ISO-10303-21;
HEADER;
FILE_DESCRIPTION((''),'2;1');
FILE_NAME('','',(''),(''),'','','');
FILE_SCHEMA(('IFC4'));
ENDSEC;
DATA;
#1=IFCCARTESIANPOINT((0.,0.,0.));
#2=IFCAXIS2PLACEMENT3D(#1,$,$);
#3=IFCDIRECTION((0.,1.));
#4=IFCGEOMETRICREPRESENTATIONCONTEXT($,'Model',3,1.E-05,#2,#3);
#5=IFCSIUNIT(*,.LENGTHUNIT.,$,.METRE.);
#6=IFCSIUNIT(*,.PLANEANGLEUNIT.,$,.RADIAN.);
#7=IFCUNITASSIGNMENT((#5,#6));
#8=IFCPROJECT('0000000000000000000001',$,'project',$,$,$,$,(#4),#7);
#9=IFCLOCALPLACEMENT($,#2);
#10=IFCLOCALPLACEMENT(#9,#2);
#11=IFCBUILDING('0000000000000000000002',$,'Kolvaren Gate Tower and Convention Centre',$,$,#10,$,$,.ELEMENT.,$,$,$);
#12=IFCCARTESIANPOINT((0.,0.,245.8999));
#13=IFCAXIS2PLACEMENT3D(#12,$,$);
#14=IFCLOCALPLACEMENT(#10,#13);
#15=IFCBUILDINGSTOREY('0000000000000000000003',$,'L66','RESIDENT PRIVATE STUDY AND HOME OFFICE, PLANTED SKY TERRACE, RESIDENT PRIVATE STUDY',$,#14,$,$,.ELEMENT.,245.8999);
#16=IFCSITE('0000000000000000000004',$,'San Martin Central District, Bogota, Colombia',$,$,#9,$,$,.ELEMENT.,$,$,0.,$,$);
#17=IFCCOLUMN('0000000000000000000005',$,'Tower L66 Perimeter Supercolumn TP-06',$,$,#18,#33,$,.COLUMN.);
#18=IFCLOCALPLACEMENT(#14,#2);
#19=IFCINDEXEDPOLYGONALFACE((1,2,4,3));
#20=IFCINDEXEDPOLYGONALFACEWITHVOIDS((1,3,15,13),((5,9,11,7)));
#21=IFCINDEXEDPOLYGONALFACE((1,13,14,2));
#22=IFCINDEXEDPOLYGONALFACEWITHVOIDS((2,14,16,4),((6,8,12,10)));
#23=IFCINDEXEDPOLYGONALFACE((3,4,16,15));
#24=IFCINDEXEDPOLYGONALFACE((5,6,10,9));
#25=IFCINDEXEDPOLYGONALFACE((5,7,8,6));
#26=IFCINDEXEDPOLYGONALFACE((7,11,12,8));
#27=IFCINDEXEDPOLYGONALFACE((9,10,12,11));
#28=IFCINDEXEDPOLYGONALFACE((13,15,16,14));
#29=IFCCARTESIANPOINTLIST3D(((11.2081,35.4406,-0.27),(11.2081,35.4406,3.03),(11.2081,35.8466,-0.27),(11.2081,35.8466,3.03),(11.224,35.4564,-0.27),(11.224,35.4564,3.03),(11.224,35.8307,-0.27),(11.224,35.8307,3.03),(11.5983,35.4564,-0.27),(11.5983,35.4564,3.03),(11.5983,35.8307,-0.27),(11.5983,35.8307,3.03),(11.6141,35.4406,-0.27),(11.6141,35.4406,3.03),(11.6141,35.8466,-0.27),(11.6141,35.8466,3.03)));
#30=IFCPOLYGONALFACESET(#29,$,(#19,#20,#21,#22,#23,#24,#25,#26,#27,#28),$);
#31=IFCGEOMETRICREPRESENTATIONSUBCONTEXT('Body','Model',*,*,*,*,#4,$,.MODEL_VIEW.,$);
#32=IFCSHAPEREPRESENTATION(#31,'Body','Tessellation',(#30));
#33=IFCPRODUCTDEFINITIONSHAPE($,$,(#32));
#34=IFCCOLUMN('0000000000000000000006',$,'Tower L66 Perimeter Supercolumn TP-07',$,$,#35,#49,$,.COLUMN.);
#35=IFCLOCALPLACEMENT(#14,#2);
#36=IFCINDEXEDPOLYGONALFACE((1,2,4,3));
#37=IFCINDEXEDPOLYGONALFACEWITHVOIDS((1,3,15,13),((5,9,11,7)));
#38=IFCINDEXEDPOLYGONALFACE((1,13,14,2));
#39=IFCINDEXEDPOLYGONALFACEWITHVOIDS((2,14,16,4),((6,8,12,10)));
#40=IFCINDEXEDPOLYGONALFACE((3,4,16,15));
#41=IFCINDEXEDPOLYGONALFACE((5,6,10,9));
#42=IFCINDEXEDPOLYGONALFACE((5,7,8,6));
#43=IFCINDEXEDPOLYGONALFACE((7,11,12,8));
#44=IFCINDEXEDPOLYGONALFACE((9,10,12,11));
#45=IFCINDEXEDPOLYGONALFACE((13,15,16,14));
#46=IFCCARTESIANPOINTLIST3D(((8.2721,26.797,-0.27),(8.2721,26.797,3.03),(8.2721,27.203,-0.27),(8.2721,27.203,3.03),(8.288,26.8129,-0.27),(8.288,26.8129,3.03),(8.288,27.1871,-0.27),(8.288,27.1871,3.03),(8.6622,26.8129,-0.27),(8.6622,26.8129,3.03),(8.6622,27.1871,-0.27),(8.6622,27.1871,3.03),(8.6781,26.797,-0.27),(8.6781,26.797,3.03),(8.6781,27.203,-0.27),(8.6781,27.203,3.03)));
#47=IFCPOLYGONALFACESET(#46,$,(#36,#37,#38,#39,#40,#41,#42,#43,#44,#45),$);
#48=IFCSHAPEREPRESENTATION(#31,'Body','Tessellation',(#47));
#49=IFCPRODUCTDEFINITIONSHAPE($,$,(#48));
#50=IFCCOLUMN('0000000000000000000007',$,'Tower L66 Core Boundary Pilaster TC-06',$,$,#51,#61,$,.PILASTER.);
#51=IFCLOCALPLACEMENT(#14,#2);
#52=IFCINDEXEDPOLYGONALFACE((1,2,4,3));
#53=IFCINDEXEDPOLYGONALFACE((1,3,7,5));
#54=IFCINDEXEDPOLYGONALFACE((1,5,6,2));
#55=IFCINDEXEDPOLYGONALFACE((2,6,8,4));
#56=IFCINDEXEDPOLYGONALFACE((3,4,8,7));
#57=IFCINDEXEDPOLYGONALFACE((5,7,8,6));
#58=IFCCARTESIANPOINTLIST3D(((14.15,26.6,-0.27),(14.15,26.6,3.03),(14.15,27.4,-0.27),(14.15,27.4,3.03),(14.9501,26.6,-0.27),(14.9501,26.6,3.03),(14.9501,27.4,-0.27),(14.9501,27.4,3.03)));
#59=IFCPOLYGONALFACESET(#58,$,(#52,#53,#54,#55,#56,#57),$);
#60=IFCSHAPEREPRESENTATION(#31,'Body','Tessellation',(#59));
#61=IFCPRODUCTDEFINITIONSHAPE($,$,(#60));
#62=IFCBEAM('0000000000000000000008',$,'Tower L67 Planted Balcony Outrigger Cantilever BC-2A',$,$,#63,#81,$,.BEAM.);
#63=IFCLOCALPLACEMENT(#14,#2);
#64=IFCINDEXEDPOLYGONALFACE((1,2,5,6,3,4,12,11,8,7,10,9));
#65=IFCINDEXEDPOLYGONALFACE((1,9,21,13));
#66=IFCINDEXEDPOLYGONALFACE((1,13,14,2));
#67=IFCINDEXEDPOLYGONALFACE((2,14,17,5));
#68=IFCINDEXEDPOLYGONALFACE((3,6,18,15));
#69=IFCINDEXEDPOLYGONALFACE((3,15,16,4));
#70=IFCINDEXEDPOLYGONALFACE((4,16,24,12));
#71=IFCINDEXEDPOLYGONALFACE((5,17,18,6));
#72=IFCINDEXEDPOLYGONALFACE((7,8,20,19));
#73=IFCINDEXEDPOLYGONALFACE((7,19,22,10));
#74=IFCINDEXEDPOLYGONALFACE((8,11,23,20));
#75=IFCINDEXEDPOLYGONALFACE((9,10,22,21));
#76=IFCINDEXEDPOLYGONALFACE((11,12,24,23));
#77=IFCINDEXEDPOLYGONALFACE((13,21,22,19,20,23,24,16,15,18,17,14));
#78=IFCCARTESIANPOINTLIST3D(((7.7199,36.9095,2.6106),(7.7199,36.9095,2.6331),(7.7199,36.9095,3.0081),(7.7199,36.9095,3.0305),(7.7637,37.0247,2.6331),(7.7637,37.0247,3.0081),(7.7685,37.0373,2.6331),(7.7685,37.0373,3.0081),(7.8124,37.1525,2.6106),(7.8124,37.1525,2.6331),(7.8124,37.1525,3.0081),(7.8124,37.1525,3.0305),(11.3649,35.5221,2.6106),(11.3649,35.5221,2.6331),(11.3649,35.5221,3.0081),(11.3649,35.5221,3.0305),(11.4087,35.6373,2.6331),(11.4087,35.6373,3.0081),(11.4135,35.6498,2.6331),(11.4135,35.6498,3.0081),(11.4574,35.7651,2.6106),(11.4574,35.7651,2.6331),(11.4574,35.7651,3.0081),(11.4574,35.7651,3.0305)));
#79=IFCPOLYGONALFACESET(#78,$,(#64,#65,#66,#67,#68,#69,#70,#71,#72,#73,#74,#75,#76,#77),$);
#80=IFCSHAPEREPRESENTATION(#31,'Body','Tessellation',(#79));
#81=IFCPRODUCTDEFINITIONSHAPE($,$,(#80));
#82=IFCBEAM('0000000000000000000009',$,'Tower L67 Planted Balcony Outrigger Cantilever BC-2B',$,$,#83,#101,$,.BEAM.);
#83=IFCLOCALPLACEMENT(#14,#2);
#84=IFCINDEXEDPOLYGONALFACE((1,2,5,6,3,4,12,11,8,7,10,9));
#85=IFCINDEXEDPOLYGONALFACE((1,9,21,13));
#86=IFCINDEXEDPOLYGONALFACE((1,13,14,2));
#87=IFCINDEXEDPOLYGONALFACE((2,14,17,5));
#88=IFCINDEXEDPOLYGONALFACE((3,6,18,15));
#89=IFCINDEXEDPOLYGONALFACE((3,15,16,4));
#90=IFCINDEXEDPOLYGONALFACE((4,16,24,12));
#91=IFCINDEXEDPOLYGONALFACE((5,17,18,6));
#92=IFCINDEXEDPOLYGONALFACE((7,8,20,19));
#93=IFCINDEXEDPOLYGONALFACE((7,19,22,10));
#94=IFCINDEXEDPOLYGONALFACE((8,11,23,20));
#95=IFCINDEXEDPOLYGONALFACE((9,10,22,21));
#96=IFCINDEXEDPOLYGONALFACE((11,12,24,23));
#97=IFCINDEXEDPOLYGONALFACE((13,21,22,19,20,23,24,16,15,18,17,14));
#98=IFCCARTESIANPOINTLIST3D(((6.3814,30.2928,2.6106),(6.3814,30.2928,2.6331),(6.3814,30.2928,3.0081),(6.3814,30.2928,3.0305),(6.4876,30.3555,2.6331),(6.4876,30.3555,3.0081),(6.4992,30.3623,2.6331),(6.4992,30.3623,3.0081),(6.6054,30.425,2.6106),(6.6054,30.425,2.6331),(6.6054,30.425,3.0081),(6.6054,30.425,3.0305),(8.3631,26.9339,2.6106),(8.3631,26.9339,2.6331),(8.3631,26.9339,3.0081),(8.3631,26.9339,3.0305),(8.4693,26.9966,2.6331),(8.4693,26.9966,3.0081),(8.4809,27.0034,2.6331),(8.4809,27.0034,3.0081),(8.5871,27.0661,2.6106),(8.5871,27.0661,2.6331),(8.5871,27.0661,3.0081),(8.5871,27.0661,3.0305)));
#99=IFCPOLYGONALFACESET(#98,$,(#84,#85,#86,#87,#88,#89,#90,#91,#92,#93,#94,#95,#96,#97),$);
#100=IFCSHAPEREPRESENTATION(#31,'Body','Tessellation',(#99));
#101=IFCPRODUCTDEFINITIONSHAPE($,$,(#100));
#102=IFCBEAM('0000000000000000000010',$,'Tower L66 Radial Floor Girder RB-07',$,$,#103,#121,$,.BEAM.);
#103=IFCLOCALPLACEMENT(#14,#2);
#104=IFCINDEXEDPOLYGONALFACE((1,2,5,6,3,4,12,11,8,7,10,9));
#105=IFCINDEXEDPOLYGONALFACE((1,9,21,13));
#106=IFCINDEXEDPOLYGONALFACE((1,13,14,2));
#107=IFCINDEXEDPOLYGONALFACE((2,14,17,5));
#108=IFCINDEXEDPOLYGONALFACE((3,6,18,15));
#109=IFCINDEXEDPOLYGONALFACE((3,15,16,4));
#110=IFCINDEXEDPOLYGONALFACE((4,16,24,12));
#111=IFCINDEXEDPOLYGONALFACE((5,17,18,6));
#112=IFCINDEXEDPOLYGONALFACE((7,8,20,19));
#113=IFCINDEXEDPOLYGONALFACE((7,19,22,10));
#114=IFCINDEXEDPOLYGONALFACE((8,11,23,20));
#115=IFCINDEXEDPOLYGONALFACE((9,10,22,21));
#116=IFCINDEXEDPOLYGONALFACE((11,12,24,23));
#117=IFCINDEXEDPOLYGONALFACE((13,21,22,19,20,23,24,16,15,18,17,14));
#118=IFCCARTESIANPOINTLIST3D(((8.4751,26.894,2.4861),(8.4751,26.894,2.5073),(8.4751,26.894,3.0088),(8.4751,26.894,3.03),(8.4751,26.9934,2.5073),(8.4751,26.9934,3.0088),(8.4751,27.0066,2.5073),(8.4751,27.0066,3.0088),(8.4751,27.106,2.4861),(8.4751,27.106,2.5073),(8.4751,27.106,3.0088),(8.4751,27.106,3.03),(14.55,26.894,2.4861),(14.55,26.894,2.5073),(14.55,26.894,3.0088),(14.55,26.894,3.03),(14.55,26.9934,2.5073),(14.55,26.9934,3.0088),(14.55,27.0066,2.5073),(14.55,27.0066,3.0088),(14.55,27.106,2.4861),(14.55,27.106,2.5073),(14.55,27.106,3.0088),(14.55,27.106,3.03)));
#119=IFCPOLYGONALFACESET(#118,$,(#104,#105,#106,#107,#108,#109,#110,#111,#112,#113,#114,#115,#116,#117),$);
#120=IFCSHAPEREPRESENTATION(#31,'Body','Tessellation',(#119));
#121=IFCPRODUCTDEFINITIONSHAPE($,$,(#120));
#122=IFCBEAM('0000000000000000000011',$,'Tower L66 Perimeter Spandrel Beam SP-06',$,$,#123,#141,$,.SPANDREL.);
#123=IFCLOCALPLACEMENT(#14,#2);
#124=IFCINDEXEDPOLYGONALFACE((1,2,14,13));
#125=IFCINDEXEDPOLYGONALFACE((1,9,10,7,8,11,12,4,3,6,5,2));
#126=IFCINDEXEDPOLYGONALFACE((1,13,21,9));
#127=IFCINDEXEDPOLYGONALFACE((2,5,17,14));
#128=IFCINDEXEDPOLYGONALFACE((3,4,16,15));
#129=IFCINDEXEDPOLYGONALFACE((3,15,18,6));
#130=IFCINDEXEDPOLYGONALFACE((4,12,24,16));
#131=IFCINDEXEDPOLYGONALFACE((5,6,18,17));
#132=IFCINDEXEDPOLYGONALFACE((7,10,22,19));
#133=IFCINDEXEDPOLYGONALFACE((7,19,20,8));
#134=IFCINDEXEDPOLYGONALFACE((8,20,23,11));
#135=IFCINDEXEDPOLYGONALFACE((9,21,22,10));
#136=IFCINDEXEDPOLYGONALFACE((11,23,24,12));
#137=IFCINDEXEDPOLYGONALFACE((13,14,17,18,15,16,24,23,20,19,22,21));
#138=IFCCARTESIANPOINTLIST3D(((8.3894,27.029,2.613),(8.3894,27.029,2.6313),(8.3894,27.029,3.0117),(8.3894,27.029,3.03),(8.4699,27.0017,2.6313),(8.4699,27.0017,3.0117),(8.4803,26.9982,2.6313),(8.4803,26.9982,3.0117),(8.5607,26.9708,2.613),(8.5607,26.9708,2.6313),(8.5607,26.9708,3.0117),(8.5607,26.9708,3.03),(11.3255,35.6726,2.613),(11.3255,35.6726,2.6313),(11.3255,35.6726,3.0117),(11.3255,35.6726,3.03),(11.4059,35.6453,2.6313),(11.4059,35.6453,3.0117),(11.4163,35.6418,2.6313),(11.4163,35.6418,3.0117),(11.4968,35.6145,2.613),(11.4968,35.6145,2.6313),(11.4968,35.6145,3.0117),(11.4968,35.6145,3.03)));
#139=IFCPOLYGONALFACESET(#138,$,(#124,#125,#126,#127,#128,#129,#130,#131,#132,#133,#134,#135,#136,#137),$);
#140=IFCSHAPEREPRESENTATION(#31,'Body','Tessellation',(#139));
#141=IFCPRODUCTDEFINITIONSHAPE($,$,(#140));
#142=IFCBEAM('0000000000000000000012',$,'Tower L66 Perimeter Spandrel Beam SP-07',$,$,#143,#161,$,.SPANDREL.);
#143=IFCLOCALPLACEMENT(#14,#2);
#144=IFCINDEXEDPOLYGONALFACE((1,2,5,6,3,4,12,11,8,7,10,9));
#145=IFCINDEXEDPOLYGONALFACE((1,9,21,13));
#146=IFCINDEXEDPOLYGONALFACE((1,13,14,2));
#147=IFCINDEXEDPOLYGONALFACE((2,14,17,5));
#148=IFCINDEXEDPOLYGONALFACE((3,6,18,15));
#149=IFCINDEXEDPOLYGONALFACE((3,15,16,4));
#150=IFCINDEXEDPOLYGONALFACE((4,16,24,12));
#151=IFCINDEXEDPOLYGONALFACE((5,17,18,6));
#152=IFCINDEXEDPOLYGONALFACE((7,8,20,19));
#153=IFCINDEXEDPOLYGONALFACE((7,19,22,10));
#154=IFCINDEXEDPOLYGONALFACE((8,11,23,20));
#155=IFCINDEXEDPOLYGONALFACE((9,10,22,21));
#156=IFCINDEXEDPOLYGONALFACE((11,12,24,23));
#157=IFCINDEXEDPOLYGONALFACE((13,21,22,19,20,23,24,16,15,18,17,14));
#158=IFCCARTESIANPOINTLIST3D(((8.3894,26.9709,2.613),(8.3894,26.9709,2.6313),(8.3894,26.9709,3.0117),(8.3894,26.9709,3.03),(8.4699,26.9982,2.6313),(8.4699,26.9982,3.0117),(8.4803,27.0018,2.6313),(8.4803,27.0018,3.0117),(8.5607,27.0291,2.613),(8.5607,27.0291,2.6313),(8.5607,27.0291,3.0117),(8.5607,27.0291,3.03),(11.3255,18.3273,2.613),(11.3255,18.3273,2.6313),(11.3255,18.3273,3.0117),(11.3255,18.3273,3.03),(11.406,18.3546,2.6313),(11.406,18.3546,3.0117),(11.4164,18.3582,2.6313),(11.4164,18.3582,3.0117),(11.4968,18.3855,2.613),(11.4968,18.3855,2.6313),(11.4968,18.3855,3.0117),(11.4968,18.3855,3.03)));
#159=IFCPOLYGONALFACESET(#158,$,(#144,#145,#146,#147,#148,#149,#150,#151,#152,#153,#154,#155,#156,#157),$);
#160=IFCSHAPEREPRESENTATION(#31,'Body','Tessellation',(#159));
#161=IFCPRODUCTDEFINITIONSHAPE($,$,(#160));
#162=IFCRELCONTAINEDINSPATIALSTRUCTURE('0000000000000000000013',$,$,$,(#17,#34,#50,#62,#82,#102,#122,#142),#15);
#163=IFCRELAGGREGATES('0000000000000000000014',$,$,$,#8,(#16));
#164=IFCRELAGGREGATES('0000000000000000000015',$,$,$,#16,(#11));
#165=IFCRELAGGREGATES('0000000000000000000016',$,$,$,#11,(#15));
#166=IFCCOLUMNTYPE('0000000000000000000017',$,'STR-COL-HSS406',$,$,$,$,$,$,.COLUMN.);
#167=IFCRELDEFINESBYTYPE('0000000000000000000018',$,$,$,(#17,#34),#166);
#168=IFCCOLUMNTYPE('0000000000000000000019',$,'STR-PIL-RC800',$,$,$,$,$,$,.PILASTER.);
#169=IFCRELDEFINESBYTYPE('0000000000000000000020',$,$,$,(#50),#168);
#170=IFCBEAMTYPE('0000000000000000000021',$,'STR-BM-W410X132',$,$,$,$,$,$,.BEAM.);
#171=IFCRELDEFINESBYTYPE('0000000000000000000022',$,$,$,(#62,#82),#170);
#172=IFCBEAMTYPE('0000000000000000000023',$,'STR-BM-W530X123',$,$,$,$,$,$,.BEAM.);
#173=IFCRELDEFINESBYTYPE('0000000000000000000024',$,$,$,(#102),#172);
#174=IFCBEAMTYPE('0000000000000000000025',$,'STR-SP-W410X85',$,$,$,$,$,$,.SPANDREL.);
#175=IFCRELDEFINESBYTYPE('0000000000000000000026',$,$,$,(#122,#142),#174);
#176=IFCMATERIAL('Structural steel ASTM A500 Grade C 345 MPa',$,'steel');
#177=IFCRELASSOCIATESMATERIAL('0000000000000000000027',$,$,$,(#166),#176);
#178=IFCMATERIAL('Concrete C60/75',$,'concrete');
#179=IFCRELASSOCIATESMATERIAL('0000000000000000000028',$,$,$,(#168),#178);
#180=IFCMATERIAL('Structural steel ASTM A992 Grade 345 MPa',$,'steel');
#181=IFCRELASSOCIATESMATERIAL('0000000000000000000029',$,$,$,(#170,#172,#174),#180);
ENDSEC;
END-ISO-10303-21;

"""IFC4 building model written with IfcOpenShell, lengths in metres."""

from ifc_helpers import new_model, si_unit, direction, frame, origin, origin_2d, place, context, subcontext, project, spatial, rectangle, hollow_rectangle, i_section, extrude, material, material_profile, profile_set, type_object, element, save


model = new_model("IFC4")

# Units and contexts
model_context = context("Model", 3, precision=1e-05, world=origin(), true_north=direction((0.0, 1.0)))
body_context = subcontext(model_context, "Body", "Model", "MODEL_VIEW")
ifc_project = project(units=[si_unit("LENGTHUNIT", "METRE"), si_unit("PLANEANGLEUNIT", "RADIAN")], contexts=[model_context])

# Site, building, storey
site_placement = place(None, origin())
site = spatial("IfcSite", under=ifc_project, at=site_placement, Name="San Martin Central District, Bogota, Colombia", CompositionType="ELEMENT", RefElevation=0.0)
building_placement = place(site_placement, origin())
building = spatial("IfcBuilding", under=site, at=building_placement, Name="Kolvaren Gate Tower and Convention Centre", CompositionType="ELEMENT")
storey_placement = place(building_placement, frame((0.0, 0.0, 245.8999)))
storey = spatial("IfcBuildingStorey", under=building, at=storey_placement, Name="L66", Description="RESIDENT PRIVATE STUDY AND HOME OFFICE, PLANTED SKY TERRACE, RESIDENT PRIVATE STUDY", CompositionType="ELEMENT", Elevation=245.8999)

# Columns
ifc_material_1 = material(Name="Structural steel ASTM A500 Grade C 345 MPa", Category="steel")
ifc_material_profile_1 = material_profile(ifc_material_1, hollow_rectangle(XDim=0.406, YDim=0.406, WallThickness=0.0159, at=origin_2d()), Name="HSS406X406X15.9")
ifc_profile_set_1 = profile_set([ifc_material_profile_1], Name="Structural steel ASTM A500 Grade C 345 MPa")
column_type_1 = type_object("IfcColumnType", Name="STR-COL-HSS406", PredefinedType="COLUMN", material=ifc_profile_set_1)
for number, where, z_axis, x_axis, name in (
    (1, (11.4111, 35.6436, -0.27), (0.0, 0.0, 1.0), (1.0, 0.0, 0.0), "Tower L66 Perimeter Supercolumn TP-06"),
    (2, (8.4751, 27.0, -0.27), (0.0, 0.0, 1.0), (1.0, 0.0, 0.0), "Tower L66 Perimeter Supercolumn TP-07"),
):
    element("IfcColumn", number, at=place(storey_placement, frame(where, z_axis=z_axis, x_axis=x_axis)), inside=storey, type_object=column_type_1, Name=name, PredefinedType="COLUMN", context=body_context, shape_type="SweptSolid", body=[
        extrude(hollow_rectangle(XDim=0.406, YDim=0.406, WallThickness=0.0159, at=origin_2d()), origin(), (0.0, 0.0, 1.0), 3.3),
    ])
ifc_material_2 = material(Name="Concrete C60/75", Category="concrete")
ifc_material_profile_2 = material_profile(ifc_material_2, rectangle(XDim=0.8, YDim=0.8, at=origin_2d()), Name="RC-COL-800X800")
ifc_profile_set_2 = profile_set([ifc_material_profile_2], Name="Concrete C60/75")
column_type_2 = type_object("IfcColumnType", Name="STR-PIL-RC800", PredefinedType="PILASTER", material=ifc_profile_set_2)
column_placement = place(storey_placement, frame((14.55, 27.0, -0.27), z_axis=(0.0, 0.0, 1.0), x_axis=(1.0, 0.0, 0.0)))
element("IfcColumn", 3, at=column_placement, inside=storey, type_object=column_type_2, Name="Tower L66 Core Boundary Pilaster TC-06", PredefinedType="PILASTER", context=body_context, shape_type="SweptSolid", body=[
    extrude(rectangle(XDim=0.8, YDim=0.8, at=origin_2d()), origin(), (0.0, 0.0, 1.0), 3.3),
])

# Beams
ifc_material_3 = material(Name="Structural steel ASTM A992 Grade 345 MPa", Category="steel")
ifc_material_profile_3 = material_profile(ifc_material_3, i_section(OverallWidth=0.26, OverallDepth=0.4199, WebThickness=0.0134, FlangeThickness=0.0225, at=origin_2d()), Name="W410X132")
ifc_profile_set_3 = profile_set([ifc_material_profile_3], Name="Structural steel ASTM A992 Grade 345 MPa")
beam_type_1 = type_object("IfcBeamType", Name="STR-BM-W410X132", PredefinedType="BEAM", material=ifc_profile_set_3)
beam_1_placement = place(storey_placement, frame((11.4111, 35.6436, 2.8206), z_axis=(-0.934584, 0.355743, 0.0), x_axis=(-0.355743, -0.934584, 0.0)))
element("IfcBeam", 4, at=beam_1_placement, inside=storey, type_object=beam_type_1, Name="Tower L67 Planted Balcony Outrigger Cantilever BC-2A", PredefinedType="BEAM", context=body_context, shape_type="SweptSolid", body=[
    extrude(i_section(OverallWidth=0.26, OverallDepth=0.4199, WebThickness=0.0134, FlangeThickness=0.0225, at=origin_2d()), origin(), (0.0, 0.0, 1.0), 3.9001),
])
beam_2_placement = place(storey_placement, frame((8.4751, 27.0, 2.8206), z_axis=(-0.508139, 0.861275, 0.0), x_axis=(-0.861275, -0.508139, 0.0)))
element("IfcBeam", 5, at=beam_2_placement, inside=storey, type_object=beam_type_1, Name="Tower L67 Planted Balcony Outrigger Cantilever BC-2B", PredefinedType="BEAM", context=body_context, shape_type="SweptSolid", body=[
    extrude(i_section(OverallWidth=0.26, OverallDepth=0.4199, WebThickness=0.0134, FlangeThickness=0.0225, at=origin_2d()), origin(), (0.0, 0.0, 1.0), 3.8999),
])
ifc_material_profile_4 = material_profile(ifc_material_3, i_section(OverallWidth=0.2119, OverallDepth=0.5439, WebThickness=0.0132, FlangeThickness=0.0212, at=origin_2d()), Name="W530X123")
ifc_profile_set_4 = profile_set([ifc_material_profile_4], Name="Structural steel ASTM A992 Grade 345 MPa")
beam_type_2 = type_object("IfcBeamType", Name="STR-BM-W530X123", PredefinedType="BEAM", material=ifc_profile_set_4)
beam_3_placement = place(storey_placement, frame((14.55, 27.0, 2.7581), z_axis=(-1.0, 0.0, 0.0), x_axis=(0.0, -1.0, 0.0)))
element("IfcBeam", 6, at=beam_3_placement, inside=storey, type_object=beam_type_2, Name="Tower L66 Radial Floor Girder RB-07", PredefinedType="BEAM", context=body_context, shape_type="SweptSolid", body=[
    extrude(i_section(OverallWidth=0.2119, OverallDepth=0.5439, WebThickness=0.0132, FlangeThickness=0.0212, at=origin_2d()), origin(), (0.0, 0.0, 1.0), 6.075),
])
ifc_material_profile_5 = material_profile(ifc_material_3, i_section(OverallWidth=0.1809, OverallDepth=0.417, WebThickness=0.011, FlangeThickness=0.0183, at=origin_2d()), Name="W410X85")
ifc_profile_set_5 = profile_set([ifc_material_profile_5], Name="Structural steel ASTM A992 Grade 345 MPa")
beam_type_3 = type_object("IfcBeamType", Name="STR-SP-W410X85", PredefinedType="SPANDREL", material=ifc_profile_set_5)
for number, where, z_axis, x_axis, name in (
    (7, (11.4111, 35.6436, 2.8215), (-0.32163, -0.946865, 0.0), (0.946865, -0.32163, 0.0), "Tower L66 Perimeter Spandrel Beam SP-06"),
    (8, (8.4751, 27.0, 2.8215), (0.32163, -0.946865, 0.0), (0.946865, 0.32163, 0.0), "Tower L66 Perimeter Spandrel Beam SP-07"),
):
    element("IfcBeam", number, at=place(storey_placement, frame(where, z_axis=z_axis, x_axis=x_axis)), inside=storey, type_object=beam_type_3, Name=name, PredefinedType="SPANDREL", context=body_context, shape_type="SweptSolid", body=[
        extrude(i_section(OverallWidth=0.1809, OverallDepth=0.417, WebThickness=0.011, FlangeThickness=0.0183, at=origin_2d()), origin(), (0.0, 0.0, 1.0), 9.1287),
    ])

save(model, "model.ifc")
